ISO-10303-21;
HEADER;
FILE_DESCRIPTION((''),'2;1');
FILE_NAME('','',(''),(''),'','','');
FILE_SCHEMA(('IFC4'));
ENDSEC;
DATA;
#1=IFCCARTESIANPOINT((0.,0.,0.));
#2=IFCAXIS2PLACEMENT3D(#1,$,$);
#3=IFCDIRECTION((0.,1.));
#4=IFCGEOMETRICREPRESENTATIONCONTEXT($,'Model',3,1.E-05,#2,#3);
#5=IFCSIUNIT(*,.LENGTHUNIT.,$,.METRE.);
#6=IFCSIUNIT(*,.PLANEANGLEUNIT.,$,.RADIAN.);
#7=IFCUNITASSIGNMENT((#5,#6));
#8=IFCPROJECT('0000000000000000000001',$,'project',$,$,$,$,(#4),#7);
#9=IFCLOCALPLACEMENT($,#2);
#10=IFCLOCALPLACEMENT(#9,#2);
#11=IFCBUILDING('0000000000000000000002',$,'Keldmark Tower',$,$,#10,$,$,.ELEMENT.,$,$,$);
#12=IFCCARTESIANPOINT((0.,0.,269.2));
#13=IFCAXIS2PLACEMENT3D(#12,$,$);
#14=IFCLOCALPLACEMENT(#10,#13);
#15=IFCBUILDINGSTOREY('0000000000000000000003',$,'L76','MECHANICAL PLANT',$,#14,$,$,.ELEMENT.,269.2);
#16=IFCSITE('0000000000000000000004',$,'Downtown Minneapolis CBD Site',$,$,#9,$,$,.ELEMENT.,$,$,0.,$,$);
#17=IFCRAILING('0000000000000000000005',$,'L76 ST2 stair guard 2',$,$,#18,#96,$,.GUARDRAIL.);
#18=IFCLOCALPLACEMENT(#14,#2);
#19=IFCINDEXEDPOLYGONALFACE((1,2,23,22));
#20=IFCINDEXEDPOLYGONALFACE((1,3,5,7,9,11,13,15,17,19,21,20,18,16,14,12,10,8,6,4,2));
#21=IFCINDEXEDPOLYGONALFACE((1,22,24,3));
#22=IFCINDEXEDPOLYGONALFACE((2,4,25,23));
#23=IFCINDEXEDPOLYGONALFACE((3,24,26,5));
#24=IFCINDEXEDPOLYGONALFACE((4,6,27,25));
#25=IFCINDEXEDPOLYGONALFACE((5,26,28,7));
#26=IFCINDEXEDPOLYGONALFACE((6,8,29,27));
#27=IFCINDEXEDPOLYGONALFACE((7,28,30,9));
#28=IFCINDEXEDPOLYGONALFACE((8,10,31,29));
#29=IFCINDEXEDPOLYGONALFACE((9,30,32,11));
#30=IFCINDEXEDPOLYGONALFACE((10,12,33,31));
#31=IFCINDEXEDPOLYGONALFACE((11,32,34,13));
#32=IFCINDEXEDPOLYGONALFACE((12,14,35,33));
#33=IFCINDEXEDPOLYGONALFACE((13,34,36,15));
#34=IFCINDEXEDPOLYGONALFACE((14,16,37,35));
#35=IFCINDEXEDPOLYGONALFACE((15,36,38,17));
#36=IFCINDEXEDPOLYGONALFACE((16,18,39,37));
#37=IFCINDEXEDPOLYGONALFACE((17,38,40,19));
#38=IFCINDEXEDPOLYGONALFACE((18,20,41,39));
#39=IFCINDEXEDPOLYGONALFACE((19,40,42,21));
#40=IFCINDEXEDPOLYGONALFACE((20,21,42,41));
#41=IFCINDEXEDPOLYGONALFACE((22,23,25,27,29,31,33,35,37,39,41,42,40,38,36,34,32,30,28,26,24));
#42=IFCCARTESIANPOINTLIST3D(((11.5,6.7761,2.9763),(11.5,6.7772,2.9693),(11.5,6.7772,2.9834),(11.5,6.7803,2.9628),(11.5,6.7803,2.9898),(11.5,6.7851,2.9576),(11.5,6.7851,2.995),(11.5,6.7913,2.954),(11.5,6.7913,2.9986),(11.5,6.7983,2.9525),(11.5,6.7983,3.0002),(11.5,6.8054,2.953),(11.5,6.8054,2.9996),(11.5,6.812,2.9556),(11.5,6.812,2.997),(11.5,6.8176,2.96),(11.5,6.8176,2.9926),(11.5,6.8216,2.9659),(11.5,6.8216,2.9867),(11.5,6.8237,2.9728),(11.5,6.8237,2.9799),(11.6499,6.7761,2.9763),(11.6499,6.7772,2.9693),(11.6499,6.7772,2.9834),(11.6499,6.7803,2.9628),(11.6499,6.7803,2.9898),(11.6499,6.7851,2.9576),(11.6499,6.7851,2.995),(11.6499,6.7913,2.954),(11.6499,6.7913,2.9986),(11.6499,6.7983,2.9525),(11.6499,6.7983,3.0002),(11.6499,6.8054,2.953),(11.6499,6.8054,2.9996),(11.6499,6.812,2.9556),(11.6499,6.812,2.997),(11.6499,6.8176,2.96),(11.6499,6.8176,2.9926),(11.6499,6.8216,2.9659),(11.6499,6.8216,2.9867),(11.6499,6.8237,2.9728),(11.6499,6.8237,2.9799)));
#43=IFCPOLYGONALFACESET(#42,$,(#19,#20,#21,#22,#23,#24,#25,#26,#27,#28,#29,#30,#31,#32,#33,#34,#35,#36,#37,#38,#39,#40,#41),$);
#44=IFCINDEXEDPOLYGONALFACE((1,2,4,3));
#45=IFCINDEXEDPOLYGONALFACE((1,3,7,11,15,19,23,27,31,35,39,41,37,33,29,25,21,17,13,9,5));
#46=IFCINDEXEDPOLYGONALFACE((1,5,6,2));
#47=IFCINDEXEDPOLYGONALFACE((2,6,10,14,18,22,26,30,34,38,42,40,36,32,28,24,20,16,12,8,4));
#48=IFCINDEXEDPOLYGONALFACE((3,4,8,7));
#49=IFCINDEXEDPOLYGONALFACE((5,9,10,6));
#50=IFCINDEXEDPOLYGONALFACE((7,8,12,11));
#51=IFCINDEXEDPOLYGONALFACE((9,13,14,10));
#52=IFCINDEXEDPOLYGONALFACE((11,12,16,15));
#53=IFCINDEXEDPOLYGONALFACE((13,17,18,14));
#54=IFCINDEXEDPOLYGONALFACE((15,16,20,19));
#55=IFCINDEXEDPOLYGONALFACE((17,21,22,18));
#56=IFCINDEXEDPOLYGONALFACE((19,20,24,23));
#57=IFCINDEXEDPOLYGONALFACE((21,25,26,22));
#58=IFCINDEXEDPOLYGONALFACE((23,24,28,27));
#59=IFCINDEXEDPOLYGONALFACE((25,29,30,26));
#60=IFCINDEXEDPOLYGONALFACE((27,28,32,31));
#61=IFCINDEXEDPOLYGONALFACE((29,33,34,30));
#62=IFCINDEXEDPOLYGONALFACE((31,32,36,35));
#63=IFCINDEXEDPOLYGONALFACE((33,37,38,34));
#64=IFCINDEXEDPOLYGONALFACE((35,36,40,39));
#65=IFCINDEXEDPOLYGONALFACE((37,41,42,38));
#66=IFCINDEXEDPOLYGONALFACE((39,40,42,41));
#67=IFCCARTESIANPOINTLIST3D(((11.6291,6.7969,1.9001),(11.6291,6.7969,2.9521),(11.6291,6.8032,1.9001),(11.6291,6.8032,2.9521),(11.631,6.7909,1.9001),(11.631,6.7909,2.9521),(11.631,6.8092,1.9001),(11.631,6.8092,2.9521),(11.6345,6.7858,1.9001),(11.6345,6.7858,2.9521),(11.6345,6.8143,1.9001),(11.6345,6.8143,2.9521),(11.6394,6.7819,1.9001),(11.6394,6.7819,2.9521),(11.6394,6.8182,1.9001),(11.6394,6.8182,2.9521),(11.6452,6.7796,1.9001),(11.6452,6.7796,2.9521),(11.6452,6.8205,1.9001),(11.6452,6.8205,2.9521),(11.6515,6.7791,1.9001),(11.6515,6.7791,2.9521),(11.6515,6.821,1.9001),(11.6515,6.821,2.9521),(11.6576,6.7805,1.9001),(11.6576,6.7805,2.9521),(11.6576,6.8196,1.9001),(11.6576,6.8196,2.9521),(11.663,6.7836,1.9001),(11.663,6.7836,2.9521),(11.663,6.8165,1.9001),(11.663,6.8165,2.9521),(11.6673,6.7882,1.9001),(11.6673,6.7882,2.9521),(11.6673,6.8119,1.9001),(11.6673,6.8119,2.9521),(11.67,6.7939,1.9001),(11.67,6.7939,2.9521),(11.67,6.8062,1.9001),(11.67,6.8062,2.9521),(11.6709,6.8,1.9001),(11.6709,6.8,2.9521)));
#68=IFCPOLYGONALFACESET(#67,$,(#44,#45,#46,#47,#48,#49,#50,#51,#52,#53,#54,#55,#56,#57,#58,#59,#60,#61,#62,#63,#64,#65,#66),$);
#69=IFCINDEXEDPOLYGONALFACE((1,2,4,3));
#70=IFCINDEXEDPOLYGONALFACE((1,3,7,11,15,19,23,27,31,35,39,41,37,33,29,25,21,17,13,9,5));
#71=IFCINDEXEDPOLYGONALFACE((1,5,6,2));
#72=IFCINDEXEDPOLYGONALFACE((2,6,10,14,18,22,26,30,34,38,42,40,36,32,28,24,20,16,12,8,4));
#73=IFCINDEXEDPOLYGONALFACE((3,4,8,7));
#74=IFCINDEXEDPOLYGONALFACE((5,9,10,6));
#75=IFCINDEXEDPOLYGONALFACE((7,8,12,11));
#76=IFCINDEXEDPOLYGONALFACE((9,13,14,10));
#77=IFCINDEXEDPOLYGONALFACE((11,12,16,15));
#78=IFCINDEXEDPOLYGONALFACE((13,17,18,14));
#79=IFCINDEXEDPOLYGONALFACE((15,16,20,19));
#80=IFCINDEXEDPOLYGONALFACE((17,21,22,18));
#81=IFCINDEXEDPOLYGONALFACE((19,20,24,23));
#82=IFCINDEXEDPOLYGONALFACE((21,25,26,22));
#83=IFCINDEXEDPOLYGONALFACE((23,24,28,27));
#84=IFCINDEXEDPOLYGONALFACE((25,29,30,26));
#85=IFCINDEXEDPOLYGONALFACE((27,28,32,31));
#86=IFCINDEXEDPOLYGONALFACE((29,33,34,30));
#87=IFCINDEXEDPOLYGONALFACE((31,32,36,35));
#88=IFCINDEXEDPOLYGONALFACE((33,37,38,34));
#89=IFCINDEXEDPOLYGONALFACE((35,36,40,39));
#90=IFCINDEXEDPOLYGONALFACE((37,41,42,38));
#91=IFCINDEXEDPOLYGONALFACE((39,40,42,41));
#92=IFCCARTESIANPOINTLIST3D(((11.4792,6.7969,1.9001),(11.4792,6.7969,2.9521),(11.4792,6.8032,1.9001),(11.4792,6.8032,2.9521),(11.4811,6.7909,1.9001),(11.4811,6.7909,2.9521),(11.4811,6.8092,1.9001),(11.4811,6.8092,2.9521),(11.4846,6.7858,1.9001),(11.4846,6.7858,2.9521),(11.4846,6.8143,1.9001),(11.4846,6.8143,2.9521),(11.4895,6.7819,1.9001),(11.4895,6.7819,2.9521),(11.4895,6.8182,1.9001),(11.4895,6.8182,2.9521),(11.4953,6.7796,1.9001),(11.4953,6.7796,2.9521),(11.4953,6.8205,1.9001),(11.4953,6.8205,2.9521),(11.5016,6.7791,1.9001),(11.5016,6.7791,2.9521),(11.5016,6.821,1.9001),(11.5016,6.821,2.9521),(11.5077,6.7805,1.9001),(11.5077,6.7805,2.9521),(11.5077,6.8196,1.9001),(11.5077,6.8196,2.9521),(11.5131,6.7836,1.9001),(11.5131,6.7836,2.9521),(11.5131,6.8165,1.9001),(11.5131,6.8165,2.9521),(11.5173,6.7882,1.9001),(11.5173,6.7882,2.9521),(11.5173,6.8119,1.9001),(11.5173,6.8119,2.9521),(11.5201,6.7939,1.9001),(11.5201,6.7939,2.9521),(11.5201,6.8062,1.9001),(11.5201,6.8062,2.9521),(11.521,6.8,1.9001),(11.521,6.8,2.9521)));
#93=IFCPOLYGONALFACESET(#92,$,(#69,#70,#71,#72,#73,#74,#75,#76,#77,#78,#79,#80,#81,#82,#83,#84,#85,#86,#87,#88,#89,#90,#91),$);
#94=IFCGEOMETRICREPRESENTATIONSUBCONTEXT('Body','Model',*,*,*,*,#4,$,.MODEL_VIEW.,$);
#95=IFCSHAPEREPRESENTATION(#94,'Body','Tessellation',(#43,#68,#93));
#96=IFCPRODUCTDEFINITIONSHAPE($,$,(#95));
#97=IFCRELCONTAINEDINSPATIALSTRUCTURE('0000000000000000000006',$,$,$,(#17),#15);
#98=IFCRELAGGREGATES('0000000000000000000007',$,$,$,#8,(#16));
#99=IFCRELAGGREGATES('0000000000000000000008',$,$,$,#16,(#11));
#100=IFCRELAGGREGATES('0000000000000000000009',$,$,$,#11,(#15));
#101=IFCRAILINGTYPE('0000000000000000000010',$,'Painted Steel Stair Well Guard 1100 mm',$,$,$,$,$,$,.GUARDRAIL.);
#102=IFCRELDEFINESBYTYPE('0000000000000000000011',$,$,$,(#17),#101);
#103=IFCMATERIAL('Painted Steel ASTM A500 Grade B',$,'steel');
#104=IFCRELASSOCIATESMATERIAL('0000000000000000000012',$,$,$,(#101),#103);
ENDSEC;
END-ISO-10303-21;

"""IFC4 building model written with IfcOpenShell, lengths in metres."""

from ifc_helpers import new_model, si_unit, direction, frame, origin, origin_2d, place, context, subcontext, project, spatial, circle, extrude, material, type_object, element, save


model = new_model("IFC4")

# Units and contexts
model_context = context("Model", 3, precision=1e-05, world=origin(), true_north=direction((0.0, 1.0)))
body_context = subcontext(model_context, "Body", "Model", "MODEL_VIEW")
ifc_project = project(units=[si_unit("LENGTHUNIT", "METRE"), si_unit("PLANEANGLEUNIT", "RADIAN")], contexts=[model_context])

# Site, building, storey
site_placement = place(None, origin())
site = spatial("IfcSite", under=ifc_project, at=site_placement, Name="Downtown Minneapolis CBD Site", CompositionType="ELEMENT", RefElevation=0.0)
building_placement = place(site_placement, origin())
building = spatial("IfcBuilding", under=site, at=building_placement, Name="Keldmark Tower", CompositionType="ELEMENT")
storey_placement = place(building_placement, frame((0.0, 0.0, 269.2)))
storey = spatial("IfcBuildingStorey", under=building, at=storey_placement, Name="L76", Description="MECHANICAL PLANT", CompositionType="ELEMENT", Elevation=269.2)

# Railing
ifc_material_1 = material(Name="Painted Steel ASTM A500 Grade B", Category="steel")
railing_type_1 = type_object("IfcRailingType", Name="Painted Steel Stair Well Guard 1100 mm", PredefinedType="GUARDRAIL", material=ifc_material_1)
railing_1_placement = place(storey_placement, frame((11.6499, 6.8, 1.9001)))
element("IfcRailing", 1, at=railing_1_placement, inside=storey, type_object=railing_type_1, Name="L76 ST2 stair guard 2", PredefinedType="GUARDRAIL", context=body_context, shape_type="SweptSolid", body=[
    extrude(circle(Radius=0.0239, at=origin_2d()), frame((0.0, 0.0, 1.0762), z_axis=(-1.0, 0.0, 0.0), x_axis=(0.0, -1.0, 0.0)), (0.0, 0.0, 1.0), 0.1499),
    extrude(circle(Radius=0.021, at=origin_2d()), origin(), (0.0, 0.0, 1.0), 1.052),
    extrude(circle(Radius=0.021, at=origin_2d()), frame((-0.1499, 0.0, 0.0)), (0.0, 0.0, 1.0), 1.052),
])

save(model, "model.ifc")
